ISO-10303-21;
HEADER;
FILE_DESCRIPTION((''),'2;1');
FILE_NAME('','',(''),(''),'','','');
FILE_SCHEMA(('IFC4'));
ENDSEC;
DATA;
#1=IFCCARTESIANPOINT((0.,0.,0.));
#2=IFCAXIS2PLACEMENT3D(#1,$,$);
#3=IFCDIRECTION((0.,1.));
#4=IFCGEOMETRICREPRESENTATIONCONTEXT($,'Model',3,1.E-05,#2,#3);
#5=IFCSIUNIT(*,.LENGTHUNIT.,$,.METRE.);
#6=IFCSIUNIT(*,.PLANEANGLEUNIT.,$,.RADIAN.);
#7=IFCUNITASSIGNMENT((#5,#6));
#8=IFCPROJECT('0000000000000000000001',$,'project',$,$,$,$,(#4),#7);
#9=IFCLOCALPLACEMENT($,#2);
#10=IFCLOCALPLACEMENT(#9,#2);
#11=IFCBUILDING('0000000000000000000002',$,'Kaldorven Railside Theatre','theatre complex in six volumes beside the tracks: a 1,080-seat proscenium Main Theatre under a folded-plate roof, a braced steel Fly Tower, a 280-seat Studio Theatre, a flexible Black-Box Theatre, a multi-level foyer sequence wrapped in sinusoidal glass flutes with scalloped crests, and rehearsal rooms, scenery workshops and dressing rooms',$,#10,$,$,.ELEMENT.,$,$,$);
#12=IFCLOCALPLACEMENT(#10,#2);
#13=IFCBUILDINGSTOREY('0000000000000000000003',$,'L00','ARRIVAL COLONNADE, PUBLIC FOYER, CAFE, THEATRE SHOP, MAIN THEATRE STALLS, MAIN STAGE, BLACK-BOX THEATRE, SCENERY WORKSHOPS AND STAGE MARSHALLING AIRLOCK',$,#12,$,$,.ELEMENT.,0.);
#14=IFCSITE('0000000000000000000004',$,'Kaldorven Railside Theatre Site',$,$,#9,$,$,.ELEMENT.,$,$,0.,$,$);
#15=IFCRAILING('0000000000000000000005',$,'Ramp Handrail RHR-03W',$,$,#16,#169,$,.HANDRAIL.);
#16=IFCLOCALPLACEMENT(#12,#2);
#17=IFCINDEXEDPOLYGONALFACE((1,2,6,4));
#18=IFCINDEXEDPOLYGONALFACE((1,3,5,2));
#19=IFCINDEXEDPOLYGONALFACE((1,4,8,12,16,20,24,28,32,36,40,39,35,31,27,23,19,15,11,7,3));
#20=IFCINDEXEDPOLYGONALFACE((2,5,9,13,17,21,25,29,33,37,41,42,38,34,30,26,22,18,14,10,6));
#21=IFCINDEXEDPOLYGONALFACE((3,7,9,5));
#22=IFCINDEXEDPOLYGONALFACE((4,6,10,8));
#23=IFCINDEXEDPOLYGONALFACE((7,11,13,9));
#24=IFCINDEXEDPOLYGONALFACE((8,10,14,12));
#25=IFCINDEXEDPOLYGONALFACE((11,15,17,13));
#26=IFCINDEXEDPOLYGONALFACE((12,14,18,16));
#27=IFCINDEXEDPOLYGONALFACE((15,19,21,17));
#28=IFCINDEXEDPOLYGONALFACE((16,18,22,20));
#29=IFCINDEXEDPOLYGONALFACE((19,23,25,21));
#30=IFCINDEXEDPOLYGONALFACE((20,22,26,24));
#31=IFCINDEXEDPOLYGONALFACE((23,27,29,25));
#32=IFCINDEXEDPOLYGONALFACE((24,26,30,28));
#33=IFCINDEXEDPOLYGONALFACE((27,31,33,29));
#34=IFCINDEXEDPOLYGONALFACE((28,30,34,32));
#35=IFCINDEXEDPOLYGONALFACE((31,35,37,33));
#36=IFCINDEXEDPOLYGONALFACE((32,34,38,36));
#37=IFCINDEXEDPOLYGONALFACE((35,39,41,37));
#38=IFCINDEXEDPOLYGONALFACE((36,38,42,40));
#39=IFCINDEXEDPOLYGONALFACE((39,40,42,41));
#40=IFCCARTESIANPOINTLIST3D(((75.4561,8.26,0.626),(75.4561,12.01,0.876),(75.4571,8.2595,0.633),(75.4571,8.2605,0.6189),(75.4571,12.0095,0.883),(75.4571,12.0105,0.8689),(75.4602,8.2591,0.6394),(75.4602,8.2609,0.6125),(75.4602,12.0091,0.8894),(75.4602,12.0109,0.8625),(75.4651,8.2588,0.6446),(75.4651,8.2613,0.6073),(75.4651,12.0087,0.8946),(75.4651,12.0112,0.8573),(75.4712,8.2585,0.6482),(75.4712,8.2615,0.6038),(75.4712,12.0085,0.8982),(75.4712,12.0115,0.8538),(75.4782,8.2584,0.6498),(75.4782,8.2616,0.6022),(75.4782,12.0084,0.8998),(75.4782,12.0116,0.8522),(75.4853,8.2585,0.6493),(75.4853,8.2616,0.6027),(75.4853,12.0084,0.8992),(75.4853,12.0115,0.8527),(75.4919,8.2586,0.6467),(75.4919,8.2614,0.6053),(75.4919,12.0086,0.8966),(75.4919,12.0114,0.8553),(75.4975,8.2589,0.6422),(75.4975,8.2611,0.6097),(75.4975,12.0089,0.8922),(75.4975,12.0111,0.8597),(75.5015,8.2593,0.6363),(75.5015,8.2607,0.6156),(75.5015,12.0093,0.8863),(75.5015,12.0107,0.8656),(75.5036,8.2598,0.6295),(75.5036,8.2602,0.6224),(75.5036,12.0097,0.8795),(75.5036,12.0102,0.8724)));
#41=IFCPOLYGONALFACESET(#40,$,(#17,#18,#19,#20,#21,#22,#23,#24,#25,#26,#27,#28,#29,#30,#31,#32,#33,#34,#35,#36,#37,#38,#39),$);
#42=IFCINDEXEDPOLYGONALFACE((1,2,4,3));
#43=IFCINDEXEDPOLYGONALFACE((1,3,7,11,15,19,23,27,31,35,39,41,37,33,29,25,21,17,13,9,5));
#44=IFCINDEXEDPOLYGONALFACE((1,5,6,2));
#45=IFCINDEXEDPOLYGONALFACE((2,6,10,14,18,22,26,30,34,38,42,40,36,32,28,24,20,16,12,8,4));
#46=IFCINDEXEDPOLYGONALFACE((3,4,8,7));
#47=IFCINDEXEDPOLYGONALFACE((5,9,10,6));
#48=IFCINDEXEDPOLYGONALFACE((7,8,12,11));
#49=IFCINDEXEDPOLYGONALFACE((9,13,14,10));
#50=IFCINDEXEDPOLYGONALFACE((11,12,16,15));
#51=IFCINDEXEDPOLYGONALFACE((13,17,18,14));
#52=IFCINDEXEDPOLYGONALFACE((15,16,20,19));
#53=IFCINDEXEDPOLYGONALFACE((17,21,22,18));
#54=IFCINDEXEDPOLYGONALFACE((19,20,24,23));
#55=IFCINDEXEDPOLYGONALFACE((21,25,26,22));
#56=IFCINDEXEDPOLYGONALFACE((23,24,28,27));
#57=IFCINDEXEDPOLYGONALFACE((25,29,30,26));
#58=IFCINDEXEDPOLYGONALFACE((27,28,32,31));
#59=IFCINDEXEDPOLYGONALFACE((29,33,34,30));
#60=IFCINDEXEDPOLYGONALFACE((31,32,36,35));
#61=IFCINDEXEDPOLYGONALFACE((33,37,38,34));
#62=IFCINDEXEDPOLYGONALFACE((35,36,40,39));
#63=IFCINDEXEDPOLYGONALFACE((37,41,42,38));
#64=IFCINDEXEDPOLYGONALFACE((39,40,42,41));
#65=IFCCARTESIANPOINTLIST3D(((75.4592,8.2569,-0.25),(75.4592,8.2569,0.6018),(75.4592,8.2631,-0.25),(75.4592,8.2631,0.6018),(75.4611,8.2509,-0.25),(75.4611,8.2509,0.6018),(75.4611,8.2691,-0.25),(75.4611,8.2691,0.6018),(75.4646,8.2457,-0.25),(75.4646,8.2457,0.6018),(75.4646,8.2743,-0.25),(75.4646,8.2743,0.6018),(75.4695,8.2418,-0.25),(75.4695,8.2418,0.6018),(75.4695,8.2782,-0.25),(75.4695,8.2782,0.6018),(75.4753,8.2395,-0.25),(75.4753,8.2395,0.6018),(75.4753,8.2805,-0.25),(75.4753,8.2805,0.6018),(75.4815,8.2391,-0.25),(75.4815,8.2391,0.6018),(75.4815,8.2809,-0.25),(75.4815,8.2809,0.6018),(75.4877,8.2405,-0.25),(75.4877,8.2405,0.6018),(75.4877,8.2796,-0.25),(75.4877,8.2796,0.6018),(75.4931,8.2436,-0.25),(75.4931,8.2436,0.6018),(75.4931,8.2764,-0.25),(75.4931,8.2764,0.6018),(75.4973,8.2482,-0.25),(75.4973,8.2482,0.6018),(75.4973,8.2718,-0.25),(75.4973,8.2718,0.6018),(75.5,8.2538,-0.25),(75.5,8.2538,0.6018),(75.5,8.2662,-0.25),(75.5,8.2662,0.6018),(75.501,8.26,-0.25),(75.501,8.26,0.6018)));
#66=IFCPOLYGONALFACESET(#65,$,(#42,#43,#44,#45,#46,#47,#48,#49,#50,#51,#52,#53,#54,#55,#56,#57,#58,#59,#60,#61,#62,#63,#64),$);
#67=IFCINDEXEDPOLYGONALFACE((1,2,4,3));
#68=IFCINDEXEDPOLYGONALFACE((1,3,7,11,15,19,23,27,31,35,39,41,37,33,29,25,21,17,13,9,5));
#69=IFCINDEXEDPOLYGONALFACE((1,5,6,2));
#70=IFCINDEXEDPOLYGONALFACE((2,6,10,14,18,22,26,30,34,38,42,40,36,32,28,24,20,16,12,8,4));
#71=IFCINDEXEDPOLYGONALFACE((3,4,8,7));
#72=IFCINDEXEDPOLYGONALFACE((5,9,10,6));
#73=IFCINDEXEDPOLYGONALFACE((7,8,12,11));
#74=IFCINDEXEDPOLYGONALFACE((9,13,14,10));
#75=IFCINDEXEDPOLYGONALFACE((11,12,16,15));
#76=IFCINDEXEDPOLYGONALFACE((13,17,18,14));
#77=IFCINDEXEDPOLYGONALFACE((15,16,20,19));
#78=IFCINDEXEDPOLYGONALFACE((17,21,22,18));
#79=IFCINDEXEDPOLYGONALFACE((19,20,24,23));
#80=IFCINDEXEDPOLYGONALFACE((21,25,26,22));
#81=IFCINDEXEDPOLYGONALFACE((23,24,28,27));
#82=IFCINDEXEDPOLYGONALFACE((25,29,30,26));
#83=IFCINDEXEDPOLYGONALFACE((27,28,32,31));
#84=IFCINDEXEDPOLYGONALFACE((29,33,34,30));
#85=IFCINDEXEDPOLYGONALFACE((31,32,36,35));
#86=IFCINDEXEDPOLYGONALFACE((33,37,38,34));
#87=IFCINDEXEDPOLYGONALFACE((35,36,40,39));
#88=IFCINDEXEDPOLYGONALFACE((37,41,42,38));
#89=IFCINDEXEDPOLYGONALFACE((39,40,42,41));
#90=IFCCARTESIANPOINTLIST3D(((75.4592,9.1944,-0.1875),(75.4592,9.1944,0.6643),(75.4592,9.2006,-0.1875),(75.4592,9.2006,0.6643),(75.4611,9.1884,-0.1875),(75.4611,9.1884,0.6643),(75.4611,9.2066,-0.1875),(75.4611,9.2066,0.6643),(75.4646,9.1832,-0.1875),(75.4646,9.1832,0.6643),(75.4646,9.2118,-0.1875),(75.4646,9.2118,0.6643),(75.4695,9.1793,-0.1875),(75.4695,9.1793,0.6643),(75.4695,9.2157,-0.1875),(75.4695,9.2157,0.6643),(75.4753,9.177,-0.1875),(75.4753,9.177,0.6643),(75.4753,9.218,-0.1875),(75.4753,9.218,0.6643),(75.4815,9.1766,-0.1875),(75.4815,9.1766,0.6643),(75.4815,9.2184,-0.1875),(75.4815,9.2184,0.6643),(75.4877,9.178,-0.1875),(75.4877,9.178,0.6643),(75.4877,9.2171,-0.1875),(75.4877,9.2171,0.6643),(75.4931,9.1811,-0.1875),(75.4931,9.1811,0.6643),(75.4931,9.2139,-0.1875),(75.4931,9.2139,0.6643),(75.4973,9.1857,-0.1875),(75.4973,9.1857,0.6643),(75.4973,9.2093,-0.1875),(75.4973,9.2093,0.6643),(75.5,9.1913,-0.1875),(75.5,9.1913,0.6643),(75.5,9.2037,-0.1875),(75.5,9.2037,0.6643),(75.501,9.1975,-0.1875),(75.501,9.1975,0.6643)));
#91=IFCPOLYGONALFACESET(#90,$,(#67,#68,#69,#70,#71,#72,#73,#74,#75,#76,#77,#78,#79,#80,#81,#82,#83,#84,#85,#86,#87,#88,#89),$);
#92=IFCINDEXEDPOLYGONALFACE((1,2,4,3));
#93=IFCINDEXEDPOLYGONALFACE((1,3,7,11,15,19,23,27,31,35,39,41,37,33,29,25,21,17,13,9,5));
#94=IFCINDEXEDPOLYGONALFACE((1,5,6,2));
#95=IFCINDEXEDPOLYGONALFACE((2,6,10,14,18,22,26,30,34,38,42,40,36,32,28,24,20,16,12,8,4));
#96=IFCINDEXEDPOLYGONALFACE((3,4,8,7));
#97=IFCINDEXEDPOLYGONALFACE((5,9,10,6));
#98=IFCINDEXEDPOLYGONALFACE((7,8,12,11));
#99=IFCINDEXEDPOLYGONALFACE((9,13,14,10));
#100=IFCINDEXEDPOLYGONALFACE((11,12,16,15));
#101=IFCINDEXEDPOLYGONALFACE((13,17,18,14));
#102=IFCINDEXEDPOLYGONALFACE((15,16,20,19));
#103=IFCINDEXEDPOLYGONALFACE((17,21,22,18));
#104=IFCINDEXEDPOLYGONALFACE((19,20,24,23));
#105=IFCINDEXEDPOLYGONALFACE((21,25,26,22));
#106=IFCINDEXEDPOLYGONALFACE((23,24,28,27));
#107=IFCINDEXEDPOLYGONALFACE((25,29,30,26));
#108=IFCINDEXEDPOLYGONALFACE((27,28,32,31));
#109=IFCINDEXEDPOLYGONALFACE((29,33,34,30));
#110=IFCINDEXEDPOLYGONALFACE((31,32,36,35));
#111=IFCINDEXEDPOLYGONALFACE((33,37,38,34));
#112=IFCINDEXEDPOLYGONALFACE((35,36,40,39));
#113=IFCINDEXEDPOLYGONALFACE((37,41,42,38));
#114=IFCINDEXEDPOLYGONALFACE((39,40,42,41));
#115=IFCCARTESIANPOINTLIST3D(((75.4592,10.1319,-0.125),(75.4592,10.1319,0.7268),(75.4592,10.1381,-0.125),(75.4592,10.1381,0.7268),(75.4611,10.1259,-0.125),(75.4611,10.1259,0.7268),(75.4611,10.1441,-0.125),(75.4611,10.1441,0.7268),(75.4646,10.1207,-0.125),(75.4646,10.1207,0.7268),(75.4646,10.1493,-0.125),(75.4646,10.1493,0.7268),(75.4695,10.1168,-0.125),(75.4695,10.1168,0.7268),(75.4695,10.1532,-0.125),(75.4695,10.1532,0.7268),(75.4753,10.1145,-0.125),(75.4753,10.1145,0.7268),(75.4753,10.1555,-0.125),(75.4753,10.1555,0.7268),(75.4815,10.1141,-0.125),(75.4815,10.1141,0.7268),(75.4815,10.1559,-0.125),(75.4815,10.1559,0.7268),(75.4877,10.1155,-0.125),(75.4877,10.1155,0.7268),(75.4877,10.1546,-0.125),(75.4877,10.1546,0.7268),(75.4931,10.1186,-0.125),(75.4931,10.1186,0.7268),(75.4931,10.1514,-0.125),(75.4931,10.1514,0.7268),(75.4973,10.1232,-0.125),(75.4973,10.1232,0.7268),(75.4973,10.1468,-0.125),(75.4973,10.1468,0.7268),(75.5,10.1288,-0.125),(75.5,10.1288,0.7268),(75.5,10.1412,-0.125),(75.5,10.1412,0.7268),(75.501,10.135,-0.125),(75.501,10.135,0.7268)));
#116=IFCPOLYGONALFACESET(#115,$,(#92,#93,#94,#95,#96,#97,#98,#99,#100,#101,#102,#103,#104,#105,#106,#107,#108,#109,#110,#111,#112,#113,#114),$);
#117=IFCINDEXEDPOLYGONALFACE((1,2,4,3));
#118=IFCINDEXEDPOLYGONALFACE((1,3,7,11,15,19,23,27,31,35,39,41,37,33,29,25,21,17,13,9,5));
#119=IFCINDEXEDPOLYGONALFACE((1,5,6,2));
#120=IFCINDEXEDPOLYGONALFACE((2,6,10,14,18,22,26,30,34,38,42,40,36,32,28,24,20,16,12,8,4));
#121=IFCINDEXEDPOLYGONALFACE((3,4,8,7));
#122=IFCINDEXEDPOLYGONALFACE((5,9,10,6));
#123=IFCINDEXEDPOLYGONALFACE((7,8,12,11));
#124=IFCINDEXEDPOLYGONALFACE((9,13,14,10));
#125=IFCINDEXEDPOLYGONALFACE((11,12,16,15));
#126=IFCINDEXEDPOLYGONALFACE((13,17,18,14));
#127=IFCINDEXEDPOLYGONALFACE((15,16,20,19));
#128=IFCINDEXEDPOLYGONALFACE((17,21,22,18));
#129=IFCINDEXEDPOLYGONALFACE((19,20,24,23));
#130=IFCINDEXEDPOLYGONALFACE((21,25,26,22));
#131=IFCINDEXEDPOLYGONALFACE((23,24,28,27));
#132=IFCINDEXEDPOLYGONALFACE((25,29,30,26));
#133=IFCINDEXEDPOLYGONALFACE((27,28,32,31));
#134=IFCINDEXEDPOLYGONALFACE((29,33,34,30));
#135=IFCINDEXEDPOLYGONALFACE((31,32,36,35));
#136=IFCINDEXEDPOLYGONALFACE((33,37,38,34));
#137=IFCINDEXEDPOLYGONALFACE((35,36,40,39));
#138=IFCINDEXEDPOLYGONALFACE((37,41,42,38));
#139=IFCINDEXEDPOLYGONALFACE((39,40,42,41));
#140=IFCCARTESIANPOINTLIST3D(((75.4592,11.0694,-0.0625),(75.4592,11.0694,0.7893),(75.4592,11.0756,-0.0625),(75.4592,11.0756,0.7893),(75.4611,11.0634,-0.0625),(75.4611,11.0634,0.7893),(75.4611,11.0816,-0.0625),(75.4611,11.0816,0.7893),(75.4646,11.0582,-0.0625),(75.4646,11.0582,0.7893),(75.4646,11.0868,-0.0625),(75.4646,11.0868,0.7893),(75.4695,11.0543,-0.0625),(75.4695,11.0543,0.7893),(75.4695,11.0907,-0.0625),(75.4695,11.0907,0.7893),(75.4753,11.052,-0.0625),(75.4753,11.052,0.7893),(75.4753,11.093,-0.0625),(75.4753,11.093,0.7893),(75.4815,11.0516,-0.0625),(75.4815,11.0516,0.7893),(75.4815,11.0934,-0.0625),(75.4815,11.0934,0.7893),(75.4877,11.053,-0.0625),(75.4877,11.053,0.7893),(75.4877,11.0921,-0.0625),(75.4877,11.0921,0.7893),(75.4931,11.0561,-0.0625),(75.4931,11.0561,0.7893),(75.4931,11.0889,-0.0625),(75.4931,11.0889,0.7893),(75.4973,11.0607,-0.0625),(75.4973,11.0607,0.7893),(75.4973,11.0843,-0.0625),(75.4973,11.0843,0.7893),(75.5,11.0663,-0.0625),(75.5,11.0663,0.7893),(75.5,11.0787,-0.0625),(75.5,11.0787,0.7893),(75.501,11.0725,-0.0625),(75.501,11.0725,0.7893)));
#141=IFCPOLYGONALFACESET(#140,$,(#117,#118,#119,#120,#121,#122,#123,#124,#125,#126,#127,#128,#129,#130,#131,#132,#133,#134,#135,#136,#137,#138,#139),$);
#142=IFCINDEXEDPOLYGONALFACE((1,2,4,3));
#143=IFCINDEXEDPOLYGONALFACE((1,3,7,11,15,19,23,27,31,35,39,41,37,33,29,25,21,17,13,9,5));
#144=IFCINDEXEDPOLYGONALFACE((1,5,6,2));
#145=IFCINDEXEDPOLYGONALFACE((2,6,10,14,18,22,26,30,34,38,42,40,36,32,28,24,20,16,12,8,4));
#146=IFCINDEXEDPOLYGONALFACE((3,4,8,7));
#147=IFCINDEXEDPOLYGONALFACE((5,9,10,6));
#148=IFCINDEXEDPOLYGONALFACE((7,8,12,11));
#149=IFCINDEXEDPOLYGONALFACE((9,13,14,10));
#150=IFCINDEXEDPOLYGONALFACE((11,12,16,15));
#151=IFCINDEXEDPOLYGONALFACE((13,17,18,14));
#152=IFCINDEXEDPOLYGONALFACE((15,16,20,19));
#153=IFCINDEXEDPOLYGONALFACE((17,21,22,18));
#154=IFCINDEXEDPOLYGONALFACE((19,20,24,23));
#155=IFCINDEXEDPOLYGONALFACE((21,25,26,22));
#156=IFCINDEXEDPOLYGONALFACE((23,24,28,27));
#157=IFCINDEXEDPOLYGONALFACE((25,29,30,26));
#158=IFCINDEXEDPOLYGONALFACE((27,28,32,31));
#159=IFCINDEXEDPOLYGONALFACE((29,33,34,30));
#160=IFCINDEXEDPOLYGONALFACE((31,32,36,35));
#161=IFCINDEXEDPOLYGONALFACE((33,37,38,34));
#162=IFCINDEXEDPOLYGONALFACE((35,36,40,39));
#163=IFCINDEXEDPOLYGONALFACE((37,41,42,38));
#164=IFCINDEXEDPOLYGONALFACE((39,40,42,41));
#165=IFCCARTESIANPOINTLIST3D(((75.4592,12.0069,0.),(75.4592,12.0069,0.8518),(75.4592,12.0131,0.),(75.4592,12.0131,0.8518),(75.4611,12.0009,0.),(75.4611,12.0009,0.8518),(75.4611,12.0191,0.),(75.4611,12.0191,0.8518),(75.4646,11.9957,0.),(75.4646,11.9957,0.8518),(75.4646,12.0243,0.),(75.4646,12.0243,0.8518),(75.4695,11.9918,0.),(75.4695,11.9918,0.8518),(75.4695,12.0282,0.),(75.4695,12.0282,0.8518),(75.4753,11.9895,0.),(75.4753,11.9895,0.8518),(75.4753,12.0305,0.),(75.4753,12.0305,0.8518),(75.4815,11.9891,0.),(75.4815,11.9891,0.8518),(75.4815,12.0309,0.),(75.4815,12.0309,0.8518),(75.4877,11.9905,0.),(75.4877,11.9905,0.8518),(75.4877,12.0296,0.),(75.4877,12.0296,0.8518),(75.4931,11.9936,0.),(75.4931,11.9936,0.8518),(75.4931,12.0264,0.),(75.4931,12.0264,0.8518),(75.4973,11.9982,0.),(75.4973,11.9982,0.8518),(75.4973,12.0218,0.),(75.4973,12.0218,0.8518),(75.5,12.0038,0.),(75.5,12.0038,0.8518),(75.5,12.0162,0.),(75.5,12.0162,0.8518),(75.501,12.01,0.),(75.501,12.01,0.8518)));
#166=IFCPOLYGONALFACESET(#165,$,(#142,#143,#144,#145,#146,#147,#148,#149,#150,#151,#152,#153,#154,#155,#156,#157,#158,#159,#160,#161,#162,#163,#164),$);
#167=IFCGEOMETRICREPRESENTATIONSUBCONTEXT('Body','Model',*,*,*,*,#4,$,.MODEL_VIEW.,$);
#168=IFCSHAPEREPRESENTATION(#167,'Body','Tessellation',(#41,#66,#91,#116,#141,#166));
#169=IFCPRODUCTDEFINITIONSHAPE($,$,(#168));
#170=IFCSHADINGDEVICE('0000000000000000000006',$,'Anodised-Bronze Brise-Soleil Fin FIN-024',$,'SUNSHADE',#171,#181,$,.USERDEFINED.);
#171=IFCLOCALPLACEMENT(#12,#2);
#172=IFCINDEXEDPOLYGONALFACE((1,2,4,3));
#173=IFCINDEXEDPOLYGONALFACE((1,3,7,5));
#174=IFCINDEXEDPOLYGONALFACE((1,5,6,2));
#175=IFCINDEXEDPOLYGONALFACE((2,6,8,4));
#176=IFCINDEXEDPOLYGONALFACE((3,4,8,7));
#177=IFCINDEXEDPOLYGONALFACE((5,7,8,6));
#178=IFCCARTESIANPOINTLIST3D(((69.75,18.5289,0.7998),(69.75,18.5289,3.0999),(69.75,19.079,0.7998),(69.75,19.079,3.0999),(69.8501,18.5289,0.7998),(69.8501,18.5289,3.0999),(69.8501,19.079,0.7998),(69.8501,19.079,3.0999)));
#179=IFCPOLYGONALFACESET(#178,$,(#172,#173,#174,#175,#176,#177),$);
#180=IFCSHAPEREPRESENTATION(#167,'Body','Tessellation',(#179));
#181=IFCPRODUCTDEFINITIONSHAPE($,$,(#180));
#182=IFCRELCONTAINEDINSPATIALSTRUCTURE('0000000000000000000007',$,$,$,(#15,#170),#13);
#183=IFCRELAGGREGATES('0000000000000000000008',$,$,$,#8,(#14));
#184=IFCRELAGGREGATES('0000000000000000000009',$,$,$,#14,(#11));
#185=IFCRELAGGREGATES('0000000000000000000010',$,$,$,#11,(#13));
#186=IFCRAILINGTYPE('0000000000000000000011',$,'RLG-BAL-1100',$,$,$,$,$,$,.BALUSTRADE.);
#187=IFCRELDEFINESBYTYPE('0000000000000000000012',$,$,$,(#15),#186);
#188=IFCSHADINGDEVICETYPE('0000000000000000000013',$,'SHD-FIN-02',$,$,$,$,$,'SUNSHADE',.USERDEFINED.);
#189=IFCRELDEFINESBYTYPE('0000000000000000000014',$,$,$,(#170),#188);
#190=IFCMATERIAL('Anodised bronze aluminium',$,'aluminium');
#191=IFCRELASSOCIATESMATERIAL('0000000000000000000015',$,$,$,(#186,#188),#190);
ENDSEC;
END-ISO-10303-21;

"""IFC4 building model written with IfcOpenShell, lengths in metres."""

from ifc_helpers import new_model, si_unit, direction, frame, origin, origin_2d, place, context, subcontext, project, spatial, rectangle, circle, extrude, material, type_object, element, save


model = new_model("IFC4")

# Units and contexts
model_context = context("Model", 3, precision=1e-05, world=origin(), true_north=direction((0.0, 1.0)))
body_context = subcontext(model_context, "Body", "Model", "MODEL_VIEW")
ifc_project = project(units=[si_unit("LENGTHUNIT", "METRE"), si_unit("PLANEANGLEUNIT", "RADIAN")], contexts=[model_context])

# Site, building, storey
site_placement = place(None, origin())
site = spatial("IfcSite", under=ifc_project, at=site_placement, Name="Kaldorven Railside Theatre Site", CompositionType="ELEMENT", RefElevation=0.0)
building_placement = place(site_placement, origin())
building = spatial("IfcBuilding", under=site, at=building_placement, Name="Kaldorven Railside Theatre", Description="theatre complex in six volumes beside the tracks: a 1,080-seat proscenium Main Theatre under a folded-plate roof, a braced steel Fly Tower, a 280-seat Studio Theatre, a flexible Black-Box Theatre, a multi-level foyer sequence wrapped in sinusoidal glass flutes with scalloped crests, and rehearsal rooms, scenery workshops and dressing rooms", CompositionType="ELEMENT")
storey_placement = place(building_placement, origin())
storey = spatial("IfcBuildingStorey", under=building, at=storey_placement, Name="L00", Description="ARRIVAL COLONNADE, PUBLIC FOYER, CAFE, THEATRE SHOP, MAIN THEATRE STALLS, MAIN STAGE, BLACK-BOX THEATRE, SCENERY WORKSHOPS AND STAGE MARSHALLING AIRLOCK", CompositionType="ELEMENT", Elevation=0.0)

# Railing
ifc_material_1 = material(Name="Anodised bronze aluminium", Category="aluminium")
railing_type = type_object("IfcRailingType", Name="RLG-BAL-1100", PredefinedType="BALUSTRADE", material=ifc_material_1)
railing_placement = place(storey_placement, frame((75.48, 8.26, -0.25)))
element("IfcRailing", 1, at=railing_placement, inside=storey, type_object=railing_type, Name="Ramp Handrail RHR-03W", PredefinedType="HANDRAIL", context=body_context, shape_type="SweptSolid", body=[
    extrude(circle(Radius=0.0239, at=origin_2d()), frame((0.0, 0.0, 0.876), z_axis=(0.0, 0.997785, 0.066519), x_axis=(-1.0, 0.0, 0.0)), (0.0, 0.0, 1.0), 3.7583),
    extrude(circle(Radius=0.021, at=origin_2d()), origin(), (0.0, 0.0, 1.0), 0.8518),
    extrude(circle(Radius=0.021, at=origin_2d()), frame((0.0, 0.9375, 0.0625)), (0.0, 0.0, 1.0), 0.8518),
    extrude(circle(Radius=0.021, at=origin_2d()), frame((0.0, 1.875, 0.125)), (0.0, 0.0, 1.0), 0.8518),
    extrude(circle(Radius=0.021, at=origin_2d()), frame((0.0, 2.8125, 0.1875)), (0.0, 0.0, 1.0), 0.8518),
    extrude(circle(Radius=0.021, at=origin_2d()), frame((0.0, 3.75, 0.25)), (0.0, 0.0, 1.0), 0.8518),
])

# Shading device
shading_device_type = type_object("IfcShadingDeviceType", Name="SHD-FIN-02", ElementType="SUNSHADE", PredefinedType="USERDEFINED", material=ifc_material_1)
shading_device_placement = place(storey_placement, frame((69.8, 18.804, 0.7998), z_axis=(0.0, 0.0, 1.0), x_axis=(-1.0, 0.0, 0.0)))
element("IfcShadingDevice", 2, at=shading_device_placement, inside=storey, type_object=shading_device_type, Name="Anodised-Bronze Brise-Soleil Fin FIN-024", ObjectType="SUNSHADE", PredefinedType="USERDEFINED", context=body_context, shape_type="SweptSolid", body=[
    extrude(rectangle(XDim=0.1001, YDim=0.55, at=origin_2d()), origin(), (0.0, 0.0, 1.0), 2.3),
])

save(model, "model.ifc")
